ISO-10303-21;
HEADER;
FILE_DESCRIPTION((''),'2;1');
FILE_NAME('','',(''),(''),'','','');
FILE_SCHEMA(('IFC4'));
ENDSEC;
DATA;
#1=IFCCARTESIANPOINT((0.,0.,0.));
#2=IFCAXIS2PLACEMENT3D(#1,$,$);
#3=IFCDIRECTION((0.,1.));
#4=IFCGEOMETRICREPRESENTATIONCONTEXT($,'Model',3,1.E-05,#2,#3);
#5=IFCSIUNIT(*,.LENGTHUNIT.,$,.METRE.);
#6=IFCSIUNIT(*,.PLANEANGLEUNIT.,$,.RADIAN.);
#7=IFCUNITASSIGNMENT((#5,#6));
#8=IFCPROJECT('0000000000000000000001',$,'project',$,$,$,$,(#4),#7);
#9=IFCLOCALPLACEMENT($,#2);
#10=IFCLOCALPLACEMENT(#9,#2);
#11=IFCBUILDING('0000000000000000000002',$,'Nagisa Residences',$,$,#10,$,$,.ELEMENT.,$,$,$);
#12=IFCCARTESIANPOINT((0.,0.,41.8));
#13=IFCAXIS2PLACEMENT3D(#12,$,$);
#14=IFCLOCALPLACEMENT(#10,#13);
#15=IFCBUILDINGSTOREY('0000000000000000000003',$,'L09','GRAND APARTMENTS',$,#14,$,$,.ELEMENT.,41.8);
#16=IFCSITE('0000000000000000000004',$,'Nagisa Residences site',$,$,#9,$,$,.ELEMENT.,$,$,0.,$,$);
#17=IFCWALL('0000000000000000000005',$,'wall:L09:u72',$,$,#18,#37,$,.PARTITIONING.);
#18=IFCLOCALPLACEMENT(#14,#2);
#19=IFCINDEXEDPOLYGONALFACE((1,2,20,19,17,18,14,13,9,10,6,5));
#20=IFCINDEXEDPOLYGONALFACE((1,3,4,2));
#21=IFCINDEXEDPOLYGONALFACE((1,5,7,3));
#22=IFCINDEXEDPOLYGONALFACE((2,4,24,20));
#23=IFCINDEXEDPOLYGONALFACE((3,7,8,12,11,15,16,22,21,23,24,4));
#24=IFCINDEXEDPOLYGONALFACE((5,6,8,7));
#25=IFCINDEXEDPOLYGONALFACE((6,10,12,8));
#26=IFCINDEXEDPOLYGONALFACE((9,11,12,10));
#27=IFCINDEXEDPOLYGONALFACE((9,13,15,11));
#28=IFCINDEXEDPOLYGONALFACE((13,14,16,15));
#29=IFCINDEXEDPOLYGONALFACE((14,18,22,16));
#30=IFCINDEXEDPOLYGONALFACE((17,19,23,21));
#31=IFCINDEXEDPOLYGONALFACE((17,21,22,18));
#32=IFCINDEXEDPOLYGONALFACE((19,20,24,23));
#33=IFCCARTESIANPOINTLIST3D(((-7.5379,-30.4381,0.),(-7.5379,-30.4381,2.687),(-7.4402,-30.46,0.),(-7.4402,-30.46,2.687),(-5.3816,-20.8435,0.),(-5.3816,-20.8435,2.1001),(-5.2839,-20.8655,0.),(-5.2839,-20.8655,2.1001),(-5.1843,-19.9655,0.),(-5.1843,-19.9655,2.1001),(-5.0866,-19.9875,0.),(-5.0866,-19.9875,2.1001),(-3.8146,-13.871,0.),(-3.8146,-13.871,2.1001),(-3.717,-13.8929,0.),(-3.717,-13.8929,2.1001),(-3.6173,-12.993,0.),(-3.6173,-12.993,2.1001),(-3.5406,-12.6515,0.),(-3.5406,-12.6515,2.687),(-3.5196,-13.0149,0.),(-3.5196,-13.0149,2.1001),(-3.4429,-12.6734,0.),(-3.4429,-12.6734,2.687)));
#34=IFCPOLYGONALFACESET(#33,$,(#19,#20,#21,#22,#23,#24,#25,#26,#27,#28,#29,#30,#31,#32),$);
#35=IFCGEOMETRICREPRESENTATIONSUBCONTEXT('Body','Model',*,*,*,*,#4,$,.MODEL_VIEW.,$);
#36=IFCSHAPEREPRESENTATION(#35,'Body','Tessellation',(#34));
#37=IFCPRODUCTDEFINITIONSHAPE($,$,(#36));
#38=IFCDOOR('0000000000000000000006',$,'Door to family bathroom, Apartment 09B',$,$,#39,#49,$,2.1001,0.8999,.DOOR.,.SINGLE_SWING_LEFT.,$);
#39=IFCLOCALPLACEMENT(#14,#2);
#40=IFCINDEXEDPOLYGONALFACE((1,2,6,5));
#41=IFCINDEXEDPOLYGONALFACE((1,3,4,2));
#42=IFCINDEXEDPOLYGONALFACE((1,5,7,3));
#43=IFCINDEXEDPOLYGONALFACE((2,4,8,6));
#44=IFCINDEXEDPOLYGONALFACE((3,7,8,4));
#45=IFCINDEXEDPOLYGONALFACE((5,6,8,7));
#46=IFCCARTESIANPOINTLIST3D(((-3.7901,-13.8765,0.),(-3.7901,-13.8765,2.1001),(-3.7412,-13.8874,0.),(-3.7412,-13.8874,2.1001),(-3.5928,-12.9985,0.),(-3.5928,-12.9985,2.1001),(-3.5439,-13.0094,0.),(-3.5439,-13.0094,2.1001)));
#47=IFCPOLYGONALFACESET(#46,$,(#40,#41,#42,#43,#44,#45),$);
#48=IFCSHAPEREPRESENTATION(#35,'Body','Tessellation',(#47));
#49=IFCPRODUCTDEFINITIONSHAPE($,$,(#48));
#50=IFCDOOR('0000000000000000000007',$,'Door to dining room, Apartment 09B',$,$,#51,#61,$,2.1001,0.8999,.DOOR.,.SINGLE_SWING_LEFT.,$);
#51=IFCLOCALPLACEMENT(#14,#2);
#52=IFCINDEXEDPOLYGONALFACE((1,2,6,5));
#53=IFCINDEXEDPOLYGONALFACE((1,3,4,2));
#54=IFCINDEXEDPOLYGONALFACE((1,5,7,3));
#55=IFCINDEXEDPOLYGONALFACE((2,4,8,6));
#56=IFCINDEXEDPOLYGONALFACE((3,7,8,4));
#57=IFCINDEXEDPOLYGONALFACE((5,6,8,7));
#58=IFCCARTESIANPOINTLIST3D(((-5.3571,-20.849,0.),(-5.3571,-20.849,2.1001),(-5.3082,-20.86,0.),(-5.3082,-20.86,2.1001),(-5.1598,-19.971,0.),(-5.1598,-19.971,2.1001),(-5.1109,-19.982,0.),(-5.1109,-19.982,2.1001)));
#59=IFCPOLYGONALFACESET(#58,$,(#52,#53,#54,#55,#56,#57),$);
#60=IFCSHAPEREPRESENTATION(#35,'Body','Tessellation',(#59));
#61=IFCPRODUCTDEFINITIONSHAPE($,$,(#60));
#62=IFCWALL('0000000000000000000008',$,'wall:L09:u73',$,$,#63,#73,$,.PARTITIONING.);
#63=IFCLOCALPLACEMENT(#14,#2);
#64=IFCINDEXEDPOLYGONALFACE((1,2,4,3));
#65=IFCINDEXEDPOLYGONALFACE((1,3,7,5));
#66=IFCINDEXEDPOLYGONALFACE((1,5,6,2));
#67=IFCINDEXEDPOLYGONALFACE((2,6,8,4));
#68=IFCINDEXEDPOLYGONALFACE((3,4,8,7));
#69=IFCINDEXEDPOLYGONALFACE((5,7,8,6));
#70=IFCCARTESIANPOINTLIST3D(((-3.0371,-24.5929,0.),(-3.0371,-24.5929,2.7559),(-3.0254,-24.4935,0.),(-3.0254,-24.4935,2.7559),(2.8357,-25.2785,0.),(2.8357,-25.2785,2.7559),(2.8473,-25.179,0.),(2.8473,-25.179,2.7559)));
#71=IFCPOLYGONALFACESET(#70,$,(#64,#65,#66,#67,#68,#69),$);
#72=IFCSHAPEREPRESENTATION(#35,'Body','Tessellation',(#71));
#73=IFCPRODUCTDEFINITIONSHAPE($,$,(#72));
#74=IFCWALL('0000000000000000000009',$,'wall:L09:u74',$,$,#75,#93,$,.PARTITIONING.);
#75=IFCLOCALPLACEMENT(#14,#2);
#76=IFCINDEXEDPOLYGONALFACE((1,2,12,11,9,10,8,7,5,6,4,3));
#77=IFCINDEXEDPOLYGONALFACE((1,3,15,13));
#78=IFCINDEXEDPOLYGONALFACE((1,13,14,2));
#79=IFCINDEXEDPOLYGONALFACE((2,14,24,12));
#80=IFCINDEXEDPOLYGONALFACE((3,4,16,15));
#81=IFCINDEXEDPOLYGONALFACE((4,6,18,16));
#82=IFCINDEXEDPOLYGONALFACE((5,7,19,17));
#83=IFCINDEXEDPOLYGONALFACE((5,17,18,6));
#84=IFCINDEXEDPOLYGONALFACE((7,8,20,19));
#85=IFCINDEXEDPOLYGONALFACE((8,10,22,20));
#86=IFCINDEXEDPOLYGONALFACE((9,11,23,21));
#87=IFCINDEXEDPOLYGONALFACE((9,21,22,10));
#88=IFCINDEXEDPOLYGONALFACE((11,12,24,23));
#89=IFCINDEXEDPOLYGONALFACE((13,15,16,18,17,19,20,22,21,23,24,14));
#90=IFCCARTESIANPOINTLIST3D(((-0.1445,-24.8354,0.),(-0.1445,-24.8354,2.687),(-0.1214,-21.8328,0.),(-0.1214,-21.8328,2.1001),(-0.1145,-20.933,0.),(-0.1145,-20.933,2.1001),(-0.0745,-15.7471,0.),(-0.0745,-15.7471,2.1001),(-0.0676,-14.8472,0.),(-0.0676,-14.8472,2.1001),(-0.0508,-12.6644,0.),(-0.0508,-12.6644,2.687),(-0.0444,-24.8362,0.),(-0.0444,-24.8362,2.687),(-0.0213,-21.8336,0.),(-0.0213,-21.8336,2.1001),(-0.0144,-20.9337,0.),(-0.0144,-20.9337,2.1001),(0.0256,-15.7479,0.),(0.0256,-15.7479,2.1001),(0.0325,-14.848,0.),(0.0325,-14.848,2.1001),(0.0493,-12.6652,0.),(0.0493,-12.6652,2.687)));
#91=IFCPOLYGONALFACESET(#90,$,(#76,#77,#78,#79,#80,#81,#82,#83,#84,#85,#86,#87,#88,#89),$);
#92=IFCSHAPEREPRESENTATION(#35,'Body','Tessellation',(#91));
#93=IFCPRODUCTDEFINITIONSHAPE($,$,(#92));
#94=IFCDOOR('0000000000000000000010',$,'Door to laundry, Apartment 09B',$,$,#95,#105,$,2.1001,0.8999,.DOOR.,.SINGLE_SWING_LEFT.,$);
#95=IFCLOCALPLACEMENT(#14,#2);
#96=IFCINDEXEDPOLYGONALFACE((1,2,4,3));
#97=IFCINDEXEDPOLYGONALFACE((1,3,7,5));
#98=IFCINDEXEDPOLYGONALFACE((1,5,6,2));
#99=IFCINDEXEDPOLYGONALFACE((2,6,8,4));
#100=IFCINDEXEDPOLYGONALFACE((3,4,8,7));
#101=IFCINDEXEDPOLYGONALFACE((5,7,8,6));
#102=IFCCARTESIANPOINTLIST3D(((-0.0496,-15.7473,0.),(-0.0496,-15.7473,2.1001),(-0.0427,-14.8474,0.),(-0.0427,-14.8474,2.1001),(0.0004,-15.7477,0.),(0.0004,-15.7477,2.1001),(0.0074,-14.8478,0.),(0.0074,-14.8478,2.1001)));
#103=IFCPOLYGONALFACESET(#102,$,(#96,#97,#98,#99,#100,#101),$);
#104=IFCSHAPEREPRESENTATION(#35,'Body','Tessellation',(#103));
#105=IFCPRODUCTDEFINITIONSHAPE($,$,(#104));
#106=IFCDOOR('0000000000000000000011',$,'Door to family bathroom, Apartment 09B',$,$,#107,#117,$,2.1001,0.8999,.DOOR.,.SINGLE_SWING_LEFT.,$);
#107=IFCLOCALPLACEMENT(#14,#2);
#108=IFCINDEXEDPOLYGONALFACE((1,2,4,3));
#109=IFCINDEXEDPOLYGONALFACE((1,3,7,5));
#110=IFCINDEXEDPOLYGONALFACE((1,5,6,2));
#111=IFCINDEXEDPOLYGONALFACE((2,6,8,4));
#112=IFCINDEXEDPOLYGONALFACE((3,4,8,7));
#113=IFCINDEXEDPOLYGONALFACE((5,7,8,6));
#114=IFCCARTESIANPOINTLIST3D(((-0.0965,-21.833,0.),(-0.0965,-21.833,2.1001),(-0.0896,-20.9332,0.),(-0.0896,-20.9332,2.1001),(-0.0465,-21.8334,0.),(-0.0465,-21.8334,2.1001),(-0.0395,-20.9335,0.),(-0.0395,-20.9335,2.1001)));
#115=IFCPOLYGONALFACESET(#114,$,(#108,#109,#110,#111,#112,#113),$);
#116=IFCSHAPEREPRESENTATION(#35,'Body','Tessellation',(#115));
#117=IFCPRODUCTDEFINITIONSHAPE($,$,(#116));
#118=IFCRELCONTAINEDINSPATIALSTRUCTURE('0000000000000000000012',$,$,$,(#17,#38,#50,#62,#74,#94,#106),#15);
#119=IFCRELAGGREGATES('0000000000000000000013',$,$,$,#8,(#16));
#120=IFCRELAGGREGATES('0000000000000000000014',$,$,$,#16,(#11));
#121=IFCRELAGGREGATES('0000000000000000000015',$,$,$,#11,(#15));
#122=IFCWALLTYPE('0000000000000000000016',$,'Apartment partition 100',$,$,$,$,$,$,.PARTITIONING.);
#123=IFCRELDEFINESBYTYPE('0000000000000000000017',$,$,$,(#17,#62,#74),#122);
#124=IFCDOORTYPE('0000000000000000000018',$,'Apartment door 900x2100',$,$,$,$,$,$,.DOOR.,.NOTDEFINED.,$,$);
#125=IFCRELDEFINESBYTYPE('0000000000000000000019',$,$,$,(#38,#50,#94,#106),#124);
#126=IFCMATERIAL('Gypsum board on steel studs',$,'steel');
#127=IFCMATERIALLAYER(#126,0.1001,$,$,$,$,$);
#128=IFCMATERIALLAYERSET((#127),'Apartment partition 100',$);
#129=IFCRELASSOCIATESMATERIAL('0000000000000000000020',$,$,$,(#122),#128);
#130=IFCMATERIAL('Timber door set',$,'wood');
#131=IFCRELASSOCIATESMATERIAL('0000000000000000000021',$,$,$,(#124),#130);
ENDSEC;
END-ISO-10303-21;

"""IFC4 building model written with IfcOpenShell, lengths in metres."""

from ifc_helpers import new_model, si_unit, direction, frame, frame_2d, origin, place, context, subcontext, project, spatial, rectangle, extrude, material, layer, layer_set, type_object, element, fill, save


model = new_model("IFC4")

# Units and contexts
model_context = context("Model", 3, precision=1e-05, world=origin(), true_north=direction((0.0, 1.0)))
body_context = subcontext(model_context, "Body", "Model", "MODEL_VIEW")
ifc_project = project(units=[si_unit("LENGTHUNIT", "METRE"), si_unit("PLANEANGLEUNIT", "RADIAN")], contexts=[model_context])

# Site, building, storey
site_placement = place(None, origin())
site = spatial("IfcSite", under=ifc_project, at=site_placement, Name="Nagisa Residences site", CompositionType="ELEMENT", RefElevation=0.0)
building_placement = place(site_placement, origin())
building = spatial("IfcBuilding", under=site, at=building_placement, Name="Nagisa Residences", CompositionType="ELEMENT")
storey_placement = place(building_placement, frame((0.0, 0.0, 41.8)))
storey = spatial("IfcBuildingStorey", under=building, at=storey_placement, Name="L09", Description="GRAND APARTMENTS", CompositionType="ELEMENT", Elevation=41.8)

# Shared definitions
ifc_material_1 = material(Name="Gypsum board on steel studs", Category="steel")
ifc_layer_1 = layer(ifc_material_1, 0.1001)
ifc_layer_set_1 = layer_set([ifc_layer_1], Name="Apartment partition 100")
wall_type = type_object("IfcWallType", Name="Apartment partition 100", PredefinedType="PARTITIONING", material=ifc_layer_set_1)
ifc_material_2 = material(Name="Timber door set", Category="wood")
door_type = type_object("IfcDoorType", Name="Apartment door 900x2100", OperationType="NOTDEFINED", PredefinedType="DOOR", material=ifc_material_2)

# Wall, openings, doors
wall_1_placement = place(storey_placement, frame((-3.4917, -12.6624, 0.0), z_axis=(0.0, 0.0, 1.0), x_axis=(-0.219268, -0.975665, 0.0)))
wall_1 = element("IfcWall", 1, at=wall_1_placement, inside=storey, type_object=wall_type, Name="wall:L09:u72", PredefinedType="PARTITIONING", context=body_context, shape_type="SweptSolid", body=[
    extrude(rectangle(XDim=18.2302, YDim=0.1001, at=frame_2d((9.1152, 0.0))), origin(), (0.0, 0.0, 1.0), 2.687),
])
opening_1_placement = place(wall_1_placement, frame((0.3501, 0.0, 0.0)))
opening_1 = element("IfcOpeningElement", 2, at=opening_1_placement, cuts=wall_1, PredefinedType="OPENING", context=body_context, shape_type="SweptSolid", body=[
    extrude(rectangle(XDim=0.8999, YDim=2.1001, at=frame_2d((0.45, 1.05))), frame((0.0, 0.0601, 0.0), z_axis=(0.0, -1.0, 0.0), x_axis=(1.0, 0.0, 0.0)), (0.0, 0.0, 1.0), 0.1201),
])
opening_2_placement = place(wall_1_placement, frame((7.4966, 0.0, 0.0)))
opening_2 = element("IfcOpeningElement", 3, at=opening_2_placement, cuts=wall_1, PredefinedType="OPENING", context=body_context, shape_type="SweptSolid", body=[
    extrude(rectangle(XDim=0.8999, YDim=2.1001, at=frame_2d((0.45, 1.05))), frame((0.0, 0.0601, 0.0), z_axis=(0.0, -1.0, 0.0), x_axis=(1.0, 0.0, 0.0)), (0.0, 0.0, 1.0), 0.1201),
])
door_1_placement = place(opening_1_placement, frame((0.8999, 0.0, 0.0), x_axis=(-1.0, 0.0, 0.0)))
door_1 = element("IfcDoor", 4, at=door_1_placement, inside=storey, type_object=door_type, Name="Door to family bathroom, Apartment 09B", OperationType="SINGLE_SWING_LEFT", OverallHeight=2.1001, OverallWidth=0.8999, PredefinedType="DOOR", context=body_context, shape_type="SweptSolid", body=[
    extrude(rectangle(XDim=0.8999, YDim=2.1001, at=frame_2d((0.45, 1.05))), frame((0.0, 0.0249, 0.0), z_axis=(0.0, -1.0, 0.0), x_axis=(1.0, 0.0, 0.0)), (0.0, 0.0, 1.0), 0.05),
])
fill(opening_1, door_1)
door_2_placement = place(opening_2_placement, frame((0.8999, 0.0, 0.0), x_axis=(-1.0, 0.0, 0.0)))
door_2 = element("IfcDoor", 5, at=door_2_placement, inside=storey, type_object=door_type, Name="Door to dining room, Apartment 09B", OperationType="SINGLE_SWING_LEFT", OverallHeight=2.1001, OverallWidth=0.8999, PredefinedType="DOOR", context=body_context, shape_type="SweptSolid", body=[
    extrude(rectangle(XDim=0.8999, YDim=2.1001, at=frame_2d((0.45, 1.05))), frame((0.0, 0.0249, 0.0), z_axis=(0.0, -1.0, 0.0), x_axis=(1.0, 0.0, 0.0)), (0.0, 0.0, 1.0), 0.05),
])
fill(opening_2, door_2)

# Wall
wall_2_placement = place(storey_placement, frame((-3.0312, -24.5432, 0.0), z_axis=(0.0, 0.0, 1.0), x_axis=(0.993256, -0.115945, 0.0)))
element("IfcWall", 6, at=wall_2_placement, inside=storey, type_object=wall_type, Name="wall:L09:u73", PredefinedType="PARTITIONING", context=body_context, shape_type="SweptSolid", body=[
    extrude(rectangle(XDim=5.9126, YDim=0.1001, at=frame_2d((2.9563, 0.0))), origin(), (0.0, 0.0, 1.0), 2.7559),
])

# Wall, openings, doors
wall_3_placement = place(storey_placement, frame((-0.0007, -12.6648, 0.0), z_axis=(0.0, 0.0, 1.0), x_axis=(-0.007702, -0.99997, 0.0)))
wall_3 = element("IfcWall", 7, at=wall_3_placement, inside=storey, type_object=wall_type, Name="wall:L09:u74", PredefinedType="PARTITIONING", context=body_context, shape_type="SweptSolid", body=[
    extrude(rectangle(XDim=12.1714, YDim=0.1001, at=frame_2d((6.0857, 0.0))), origin(), (0.0, 0.0, 1.0), 2.687),
])
opening_3_placement = place(wall_3_placement, frame((2.1829, 0.0, 0.0)))
opening_3 = element("IfcOpeningElement", 8, at=opening_3_placement, cuts=wall_3, PredefinedType="OPENING", context=body_context, shape_type="SweptSolid", body=[
    extrude(rectangle(XDim=0.8999, YDim=2.1001, at=frame_2d((0.45, 1.05))), frame((0.0, 0.0601, 0.0), z_axis=(0.0, -1.0, 0.0), x_axis=(1.0, 0.0, 0.0)), (0.0, 0.0, 1.0), 0.1201),
])
opening_4_placement = place(wall_3_placement, frame((8.2688, 0.0, 0.0)))
opening_4 = element("IfcOpeningElement", 9, at=opening_4_placement, cuts=wall_3, PredefinedType="OPENING", context=body_context, shape_type="SweptSolid", body=[
    extrude(rectangle(XDim=0.8999, YDim=2.1001, at=frame_2d((0.45, 1.05))), frame((0.0, 0.0601, 0.0), z_axis=(0.0, -1.0, 0.0), x_axis=(1.0, 0.0, 0.0)), (0.0, 0.0, 1.0), 0.1201),
])
door_3_placement = place(opening_3_placement, origin())
door_3 = element("IfcDoor", 10, at=door_3_placement, inside=storey, type_object=door_type, Name="Door to laundry, Apartment 09B", OperationType="SINGLE_SWING_LEFT", OverallHeight=2.1001, OverallWidth=0.8999, PredefinedType="DOOR", context=body_context, shape_type="SweptSolid", body=[
    extrude(rectangle(XDim=0.8999, YDim=2.1001, at=frame_2d((0.45, 1.05))), frame((0.0, 0.0249, 0.0), z_axis=(0.0, -1.0, 0.0), x_axis=(1.0, 0.0, 0.0)), (0.0, 0.0, 1.0), 0.05),
])
fill(opening_3, door_3)
door_4_placement = place(opening_4_placement, origin())
door_4 = element("IfcDoor", 11, at=door_4_placement, inside=storey, type_object=door_type, Name="Door to family bathroom, Apartment 09B", OperationType="SINGLE_SWING_LEFT", OverallHeight=2.1001, OverallWidth=0.8999, PredefinedType="DOOR", context=body_context, shape_type="SweptSolid", body=[
    extrude(rectangle(XDim=0.8999, YDim=2.1001, at=frame_2d((0.45, 1.05))), frame((0.0, 0.0249, 0.0), z_axis=(0.0, -1.0, 0.0), x_axis=(1.0, 0.0, 0.0)), (0.0, 0.0, 1.0), 0.05),
])
fill(opening_4, door_4)

save(model, "model.ifc")
